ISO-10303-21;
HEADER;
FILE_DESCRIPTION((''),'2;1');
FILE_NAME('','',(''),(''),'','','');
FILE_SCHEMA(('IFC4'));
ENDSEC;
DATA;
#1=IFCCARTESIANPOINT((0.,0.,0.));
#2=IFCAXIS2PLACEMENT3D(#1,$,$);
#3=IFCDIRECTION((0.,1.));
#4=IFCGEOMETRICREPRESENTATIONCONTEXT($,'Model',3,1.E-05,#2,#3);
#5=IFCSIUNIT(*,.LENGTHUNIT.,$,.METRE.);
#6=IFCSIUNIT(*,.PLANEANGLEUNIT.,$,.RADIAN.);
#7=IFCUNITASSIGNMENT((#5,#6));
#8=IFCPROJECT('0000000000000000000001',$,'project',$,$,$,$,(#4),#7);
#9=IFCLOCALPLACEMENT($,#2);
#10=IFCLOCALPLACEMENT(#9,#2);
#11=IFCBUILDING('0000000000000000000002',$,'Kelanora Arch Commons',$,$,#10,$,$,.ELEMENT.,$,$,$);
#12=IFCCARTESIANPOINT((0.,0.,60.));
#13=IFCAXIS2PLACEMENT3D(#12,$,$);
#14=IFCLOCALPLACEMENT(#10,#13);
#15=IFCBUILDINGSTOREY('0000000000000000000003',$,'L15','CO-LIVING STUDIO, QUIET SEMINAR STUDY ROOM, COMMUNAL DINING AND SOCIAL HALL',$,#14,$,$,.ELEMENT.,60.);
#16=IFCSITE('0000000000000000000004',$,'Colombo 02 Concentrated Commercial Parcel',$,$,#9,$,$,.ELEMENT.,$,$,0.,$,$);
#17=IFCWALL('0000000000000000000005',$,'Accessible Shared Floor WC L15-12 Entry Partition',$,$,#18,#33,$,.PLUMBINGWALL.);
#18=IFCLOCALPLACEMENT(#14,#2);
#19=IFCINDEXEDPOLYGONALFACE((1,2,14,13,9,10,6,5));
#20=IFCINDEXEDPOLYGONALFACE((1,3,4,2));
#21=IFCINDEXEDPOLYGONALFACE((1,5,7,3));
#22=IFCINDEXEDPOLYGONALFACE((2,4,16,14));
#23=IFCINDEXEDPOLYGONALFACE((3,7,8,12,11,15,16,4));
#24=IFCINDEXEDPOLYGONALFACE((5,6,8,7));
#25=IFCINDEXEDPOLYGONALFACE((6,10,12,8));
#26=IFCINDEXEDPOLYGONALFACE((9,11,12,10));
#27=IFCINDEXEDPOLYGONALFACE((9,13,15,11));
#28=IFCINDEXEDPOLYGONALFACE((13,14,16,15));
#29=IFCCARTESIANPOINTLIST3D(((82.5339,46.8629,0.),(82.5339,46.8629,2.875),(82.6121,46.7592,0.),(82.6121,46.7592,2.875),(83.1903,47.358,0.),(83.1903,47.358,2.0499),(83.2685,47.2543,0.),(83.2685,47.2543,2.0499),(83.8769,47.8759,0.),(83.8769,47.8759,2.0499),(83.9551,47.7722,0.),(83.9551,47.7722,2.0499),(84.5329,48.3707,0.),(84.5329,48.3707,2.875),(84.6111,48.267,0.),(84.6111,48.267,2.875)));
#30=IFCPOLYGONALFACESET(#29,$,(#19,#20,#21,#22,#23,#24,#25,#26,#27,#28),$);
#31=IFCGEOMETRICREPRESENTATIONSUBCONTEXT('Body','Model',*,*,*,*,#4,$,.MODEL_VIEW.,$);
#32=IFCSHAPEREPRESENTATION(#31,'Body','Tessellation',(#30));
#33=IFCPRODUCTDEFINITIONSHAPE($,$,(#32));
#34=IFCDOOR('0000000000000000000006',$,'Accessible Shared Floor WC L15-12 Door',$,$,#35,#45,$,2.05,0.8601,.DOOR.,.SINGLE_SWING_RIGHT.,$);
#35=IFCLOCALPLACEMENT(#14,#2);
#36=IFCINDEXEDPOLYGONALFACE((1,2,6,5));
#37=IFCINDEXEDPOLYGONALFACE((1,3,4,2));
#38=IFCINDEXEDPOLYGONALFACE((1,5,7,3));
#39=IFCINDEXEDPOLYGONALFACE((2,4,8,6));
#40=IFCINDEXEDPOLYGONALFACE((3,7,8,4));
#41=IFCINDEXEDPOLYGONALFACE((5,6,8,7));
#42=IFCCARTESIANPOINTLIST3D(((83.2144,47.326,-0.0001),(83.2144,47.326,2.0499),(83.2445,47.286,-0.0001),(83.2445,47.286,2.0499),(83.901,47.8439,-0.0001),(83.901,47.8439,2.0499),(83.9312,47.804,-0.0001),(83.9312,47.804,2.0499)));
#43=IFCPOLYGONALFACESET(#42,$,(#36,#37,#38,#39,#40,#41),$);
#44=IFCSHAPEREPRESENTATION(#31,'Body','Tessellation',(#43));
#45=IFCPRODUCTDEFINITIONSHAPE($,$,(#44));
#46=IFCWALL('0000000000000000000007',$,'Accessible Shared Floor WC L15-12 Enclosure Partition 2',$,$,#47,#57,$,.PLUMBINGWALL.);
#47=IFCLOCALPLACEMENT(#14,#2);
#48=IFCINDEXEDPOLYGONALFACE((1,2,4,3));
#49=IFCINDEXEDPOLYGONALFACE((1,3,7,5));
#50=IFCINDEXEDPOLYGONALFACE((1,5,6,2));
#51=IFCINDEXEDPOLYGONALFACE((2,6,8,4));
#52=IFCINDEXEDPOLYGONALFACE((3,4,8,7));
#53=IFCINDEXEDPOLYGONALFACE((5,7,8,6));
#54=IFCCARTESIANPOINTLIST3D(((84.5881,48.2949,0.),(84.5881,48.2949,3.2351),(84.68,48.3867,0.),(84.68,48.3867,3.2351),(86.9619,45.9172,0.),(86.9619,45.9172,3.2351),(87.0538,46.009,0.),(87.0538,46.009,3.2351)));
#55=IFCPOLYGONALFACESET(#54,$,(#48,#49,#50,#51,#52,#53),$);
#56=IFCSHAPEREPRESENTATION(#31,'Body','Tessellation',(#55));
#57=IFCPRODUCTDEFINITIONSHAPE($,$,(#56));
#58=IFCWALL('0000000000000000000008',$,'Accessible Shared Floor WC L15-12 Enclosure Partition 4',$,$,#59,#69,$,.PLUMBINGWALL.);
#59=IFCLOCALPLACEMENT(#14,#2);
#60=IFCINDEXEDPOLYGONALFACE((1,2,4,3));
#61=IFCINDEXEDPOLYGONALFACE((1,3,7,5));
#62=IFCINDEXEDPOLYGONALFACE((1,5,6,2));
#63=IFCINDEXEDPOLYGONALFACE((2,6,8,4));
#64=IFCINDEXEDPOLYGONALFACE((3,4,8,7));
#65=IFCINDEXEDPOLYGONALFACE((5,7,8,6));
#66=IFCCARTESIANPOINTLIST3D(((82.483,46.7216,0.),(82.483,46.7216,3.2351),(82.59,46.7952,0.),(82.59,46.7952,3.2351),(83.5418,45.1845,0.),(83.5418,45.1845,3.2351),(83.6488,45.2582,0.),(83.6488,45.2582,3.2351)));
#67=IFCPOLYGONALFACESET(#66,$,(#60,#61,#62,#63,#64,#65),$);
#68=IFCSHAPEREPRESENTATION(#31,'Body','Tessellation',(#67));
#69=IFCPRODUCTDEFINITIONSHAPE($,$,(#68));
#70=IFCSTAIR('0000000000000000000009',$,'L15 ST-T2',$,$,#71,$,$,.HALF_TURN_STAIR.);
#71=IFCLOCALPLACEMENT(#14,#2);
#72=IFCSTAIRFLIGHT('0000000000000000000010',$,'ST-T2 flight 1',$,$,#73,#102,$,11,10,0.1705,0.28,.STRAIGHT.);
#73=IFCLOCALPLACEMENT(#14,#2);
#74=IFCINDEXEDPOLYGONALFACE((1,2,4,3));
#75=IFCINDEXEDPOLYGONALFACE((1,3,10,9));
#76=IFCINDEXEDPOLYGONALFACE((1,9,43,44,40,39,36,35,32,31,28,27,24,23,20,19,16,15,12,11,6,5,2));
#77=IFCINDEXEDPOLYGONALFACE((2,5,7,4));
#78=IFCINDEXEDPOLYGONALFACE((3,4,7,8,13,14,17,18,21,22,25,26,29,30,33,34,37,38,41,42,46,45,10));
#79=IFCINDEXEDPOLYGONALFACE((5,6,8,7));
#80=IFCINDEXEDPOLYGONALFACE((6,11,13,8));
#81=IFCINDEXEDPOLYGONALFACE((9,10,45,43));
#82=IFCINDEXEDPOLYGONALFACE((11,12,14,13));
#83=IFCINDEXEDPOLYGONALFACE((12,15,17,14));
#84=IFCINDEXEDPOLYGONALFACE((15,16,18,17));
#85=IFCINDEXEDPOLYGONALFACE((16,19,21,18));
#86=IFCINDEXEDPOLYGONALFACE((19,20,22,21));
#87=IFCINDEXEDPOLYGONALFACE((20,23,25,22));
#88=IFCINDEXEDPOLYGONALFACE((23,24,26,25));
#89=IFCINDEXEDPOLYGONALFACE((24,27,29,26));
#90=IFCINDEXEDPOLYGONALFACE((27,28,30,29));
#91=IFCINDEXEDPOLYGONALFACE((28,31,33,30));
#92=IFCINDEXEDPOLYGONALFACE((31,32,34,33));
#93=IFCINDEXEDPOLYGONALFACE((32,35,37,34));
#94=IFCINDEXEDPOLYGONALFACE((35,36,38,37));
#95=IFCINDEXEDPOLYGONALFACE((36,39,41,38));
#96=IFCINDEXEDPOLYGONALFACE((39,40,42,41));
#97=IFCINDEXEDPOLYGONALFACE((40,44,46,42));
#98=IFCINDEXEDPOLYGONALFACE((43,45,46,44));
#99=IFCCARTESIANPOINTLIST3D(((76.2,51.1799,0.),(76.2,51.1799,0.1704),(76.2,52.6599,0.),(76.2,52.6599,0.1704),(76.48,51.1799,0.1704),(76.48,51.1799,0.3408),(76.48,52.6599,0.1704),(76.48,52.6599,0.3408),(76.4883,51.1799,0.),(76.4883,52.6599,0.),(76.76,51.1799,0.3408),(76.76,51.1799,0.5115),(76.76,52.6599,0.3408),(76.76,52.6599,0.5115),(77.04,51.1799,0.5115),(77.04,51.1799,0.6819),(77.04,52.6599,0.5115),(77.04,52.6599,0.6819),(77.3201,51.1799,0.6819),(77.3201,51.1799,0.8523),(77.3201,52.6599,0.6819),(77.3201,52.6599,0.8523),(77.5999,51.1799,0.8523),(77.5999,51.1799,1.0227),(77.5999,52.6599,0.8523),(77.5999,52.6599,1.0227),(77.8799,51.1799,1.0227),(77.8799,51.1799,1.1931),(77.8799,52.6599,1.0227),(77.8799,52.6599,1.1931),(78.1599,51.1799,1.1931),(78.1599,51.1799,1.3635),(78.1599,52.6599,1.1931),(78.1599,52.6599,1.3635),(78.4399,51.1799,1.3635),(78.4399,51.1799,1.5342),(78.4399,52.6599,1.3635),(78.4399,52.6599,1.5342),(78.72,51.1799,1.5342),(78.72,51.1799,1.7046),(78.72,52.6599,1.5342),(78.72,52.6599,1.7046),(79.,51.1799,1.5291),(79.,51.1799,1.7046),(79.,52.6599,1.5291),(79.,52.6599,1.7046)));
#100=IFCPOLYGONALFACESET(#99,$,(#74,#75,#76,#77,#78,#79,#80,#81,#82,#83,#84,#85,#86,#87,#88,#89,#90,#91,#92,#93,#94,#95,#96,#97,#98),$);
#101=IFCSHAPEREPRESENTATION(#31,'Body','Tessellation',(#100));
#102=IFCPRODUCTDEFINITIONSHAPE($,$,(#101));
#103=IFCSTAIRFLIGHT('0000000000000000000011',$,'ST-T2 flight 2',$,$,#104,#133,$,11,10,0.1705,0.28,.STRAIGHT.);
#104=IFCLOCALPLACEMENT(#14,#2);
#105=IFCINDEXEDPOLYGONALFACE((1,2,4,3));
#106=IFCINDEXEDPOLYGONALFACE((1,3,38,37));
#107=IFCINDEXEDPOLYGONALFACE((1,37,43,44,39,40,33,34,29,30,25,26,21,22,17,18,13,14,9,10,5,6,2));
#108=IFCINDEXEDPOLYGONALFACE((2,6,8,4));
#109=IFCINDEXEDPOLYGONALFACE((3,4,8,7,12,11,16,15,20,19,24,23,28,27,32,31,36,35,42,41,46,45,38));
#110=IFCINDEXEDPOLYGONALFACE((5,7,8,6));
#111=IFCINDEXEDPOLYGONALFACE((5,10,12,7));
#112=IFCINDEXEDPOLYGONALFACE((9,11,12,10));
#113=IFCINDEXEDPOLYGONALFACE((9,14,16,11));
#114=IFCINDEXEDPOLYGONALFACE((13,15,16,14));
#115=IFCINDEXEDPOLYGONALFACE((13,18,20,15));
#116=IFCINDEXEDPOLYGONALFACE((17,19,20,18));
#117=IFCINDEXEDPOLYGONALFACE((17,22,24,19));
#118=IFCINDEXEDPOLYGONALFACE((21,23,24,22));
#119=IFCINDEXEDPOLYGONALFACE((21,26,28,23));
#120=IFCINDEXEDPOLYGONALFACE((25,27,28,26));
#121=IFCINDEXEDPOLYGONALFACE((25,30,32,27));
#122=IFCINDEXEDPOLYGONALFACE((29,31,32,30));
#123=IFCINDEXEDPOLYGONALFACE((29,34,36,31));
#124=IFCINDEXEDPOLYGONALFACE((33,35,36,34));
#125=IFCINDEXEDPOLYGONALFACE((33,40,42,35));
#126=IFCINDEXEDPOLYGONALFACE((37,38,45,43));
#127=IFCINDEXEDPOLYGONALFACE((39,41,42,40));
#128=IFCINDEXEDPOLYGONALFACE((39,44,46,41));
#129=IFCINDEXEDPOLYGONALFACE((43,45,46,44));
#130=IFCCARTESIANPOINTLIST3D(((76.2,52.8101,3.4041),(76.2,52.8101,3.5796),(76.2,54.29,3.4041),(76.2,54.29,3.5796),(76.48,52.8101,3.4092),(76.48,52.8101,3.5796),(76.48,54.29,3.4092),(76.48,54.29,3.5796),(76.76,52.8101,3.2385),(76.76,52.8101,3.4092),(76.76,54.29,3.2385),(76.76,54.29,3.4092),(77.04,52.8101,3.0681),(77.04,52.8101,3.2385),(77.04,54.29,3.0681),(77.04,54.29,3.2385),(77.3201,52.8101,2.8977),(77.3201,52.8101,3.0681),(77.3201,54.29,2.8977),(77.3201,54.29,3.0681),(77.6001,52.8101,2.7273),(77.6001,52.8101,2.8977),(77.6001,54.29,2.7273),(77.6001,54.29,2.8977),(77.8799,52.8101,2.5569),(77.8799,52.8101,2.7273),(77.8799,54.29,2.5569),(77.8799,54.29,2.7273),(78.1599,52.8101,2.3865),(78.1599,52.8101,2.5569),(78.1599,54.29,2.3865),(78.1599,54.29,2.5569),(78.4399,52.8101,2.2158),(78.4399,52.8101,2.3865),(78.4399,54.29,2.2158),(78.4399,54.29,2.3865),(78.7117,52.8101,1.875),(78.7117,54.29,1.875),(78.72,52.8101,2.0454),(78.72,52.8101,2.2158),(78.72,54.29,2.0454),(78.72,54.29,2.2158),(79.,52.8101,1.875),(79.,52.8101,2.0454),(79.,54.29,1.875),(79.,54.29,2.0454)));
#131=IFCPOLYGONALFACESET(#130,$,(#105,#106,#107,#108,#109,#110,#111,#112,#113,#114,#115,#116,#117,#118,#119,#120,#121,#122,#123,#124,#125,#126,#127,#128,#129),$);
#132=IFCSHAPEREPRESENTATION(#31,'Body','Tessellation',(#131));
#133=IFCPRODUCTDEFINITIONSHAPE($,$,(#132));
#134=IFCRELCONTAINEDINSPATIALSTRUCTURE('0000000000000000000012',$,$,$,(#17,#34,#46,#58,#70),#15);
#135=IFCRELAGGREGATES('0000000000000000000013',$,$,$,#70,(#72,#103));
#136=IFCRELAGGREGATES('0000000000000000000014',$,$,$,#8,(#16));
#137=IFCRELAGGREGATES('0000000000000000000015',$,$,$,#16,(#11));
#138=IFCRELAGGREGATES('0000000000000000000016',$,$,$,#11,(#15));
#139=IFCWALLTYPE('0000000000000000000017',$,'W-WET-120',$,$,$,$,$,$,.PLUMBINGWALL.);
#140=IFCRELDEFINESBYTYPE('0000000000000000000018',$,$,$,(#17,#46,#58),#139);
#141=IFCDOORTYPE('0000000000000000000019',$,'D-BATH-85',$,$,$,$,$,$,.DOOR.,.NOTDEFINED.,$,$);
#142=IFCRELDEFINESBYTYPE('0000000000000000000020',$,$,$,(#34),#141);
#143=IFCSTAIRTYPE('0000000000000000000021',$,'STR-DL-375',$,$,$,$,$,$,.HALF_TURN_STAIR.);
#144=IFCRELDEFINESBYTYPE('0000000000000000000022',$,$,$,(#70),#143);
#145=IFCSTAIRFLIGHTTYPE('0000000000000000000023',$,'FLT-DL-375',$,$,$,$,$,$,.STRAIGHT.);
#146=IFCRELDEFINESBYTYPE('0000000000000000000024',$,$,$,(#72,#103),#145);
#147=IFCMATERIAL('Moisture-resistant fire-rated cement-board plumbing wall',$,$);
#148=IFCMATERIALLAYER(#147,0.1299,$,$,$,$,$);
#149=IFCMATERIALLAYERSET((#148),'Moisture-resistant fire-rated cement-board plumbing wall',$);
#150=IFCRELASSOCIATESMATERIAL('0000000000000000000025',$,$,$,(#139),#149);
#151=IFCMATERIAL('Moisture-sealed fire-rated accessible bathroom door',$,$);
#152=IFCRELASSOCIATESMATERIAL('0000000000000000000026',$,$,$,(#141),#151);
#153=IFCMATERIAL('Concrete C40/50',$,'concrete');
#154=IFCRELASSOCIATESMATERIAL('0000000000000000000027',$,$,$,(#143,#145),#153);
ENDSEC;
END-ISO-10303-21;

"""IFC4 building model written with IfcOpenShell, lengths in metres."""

from ifc_helpers import new_model, si_unit, direction, frame, frame_2d, origin, place, context, subcontext, project, spatial, polyline, rectangle, outline, extrude, material, layer, layer_set, type_object, element, fill, aggregate, save


model = new_model("IFC4")

# Units and contexts
model_context = context("Model", 3, precision=1e-05, world=origin(), true_north=direction((0.0, 1.0)))
body_context = subcontext(model_context, "Body", "Model", "MODEL_VIEW")
ifc_project = project(units=[si_unit("LENGTHUNIT", "METRE"), si_unit("PLANEANGLEUNIT", "RADIAN")], contexts=[model_context])

# Site, building, storey
site_placement = place(None, origin())
site = spatial("IfcSite", under=ifc_project, at=site_placement, Name="Colombo 02 Concentrated Commercial Parcel", CompositionType="ELEMENT", RefElevation=0.0)
building_placement = place(site_placement, origin())
building = spatial("IfcBuilding", under=site, at=building_placement, Name="Kelanora Arch Commons", CompositionType="ELEMENT")
storey_placement = place(building_placement, frame((0.0, 0.0, 60.0)))
storey = spatial("IfcBuildingStorey", under=building, at=storey_placement, Name="L15", Description="CO-LIVING STUDIO, QUIET SEMINAR STUDY ROOM, COMMUNAL DINING AND SOCIAL HALL", CompositionType="ELEMENT", Elevation=60.0)

# Shared definitions
ifc_material_1 = material(Name="Concrete C40/50", Category="concrete")

# Wall, opening, door
ifc_material_2 = material(Name="Moisture-resistant fire-rated cement-board plumbing wall")
ifc_layer_1 = layer(ifc_material_2, 0.1299)
ifc_layer_set_1 = layer_set([ifc_layer_1], Name="Moisture-resistant fire-rated cement-board plumbing wall")
wall_type_1 = type_object("IfcWallType", Name="W-WET-120", PredefinedType="PLUMBINGWALL", material=ifc_layer_set_1)
wall_1_placement = place(storey_placement, frame((82.573, 46.811, 0.0), z_axis=(0.0, 0.0, 1.0), x_axis=(0.798359, 0.602182, 0.0)))
wall_1 = element("IfcWall", 1, at=wall_1_placement, inside=storey, type_object=wall_type_1, Name="Accessible Shared Floor WC L15-12 Entry Partition", PredefinedType="PLUMBINGWALL", context=body_context, shape_type="SweptSolid", body=[
    extrude(rectangle(XDim=2.5039, YDim=0.1299, at=frame_2d((1.252, 0.0))), origin(), (0.0, 0.0, 1.0), 2.875),
])
opening_1_placement = place(wall_1_placement, frame((0.822, 0.0, 0.0)))
opening_1 = element("IfcOpeningElement", 2, at=opening_1_placement, cuts=wall_1, PredefinedType="OPENING", context=body_context, shape_type="SweptSolid", body=[
    extrude(rectangle(XDim=0.8601, YDim=2.05, at=frame_2d((0.4302, 1.0249))), frame((0.0, 0.075, 0.0), z_axis=(0.0, -1.0, 0.0), x_axis=(1.0, 0.0, 0.0)), (0.0, 0.0, 1.0), 0.1499),
])
ifc_material_3 = material(Name="Moisture-sealed fire-rated accessible bathroom door")
door_type_1 = type_object("IfcDoorType", Name="D-BATH-85", OperationType="NOTDEFINED", PredefinedType="DOOR", material=ifc_material_3)
door_1_placement = place(opening_1_placement, origin())
door_1 = element("IfcDoor", 3, at=door_1_placement, inside=storey, type_object=door_type_1, Name="Accessible Shared Floor WC L15-12 Door", OperationType="SINGLE_SWING_RIGHT", OverallHeight=2.05, OverallWidth=0.8601, PredefinedType="DOOR", context=body_context, shape_type="SweptSolid", body=[
    extrude(rectangle(XDim=0.8601, YDim=2.05, at=frame_2d((0.4302, 1.0249))), frame((0.0, 0.0249, 0.0), z_axis=(0.0, -1.0, 0.0), x_axis=(1.0, 0.0, 0.0)), (0.0, 0.0, 1.0), 0.05),
])
fill(opening_1, door_1)

# Walls
wall_2_placement = place(storey_placement, frame((84.634, 48.3408, 0.0), z_axis=(0.0, 0.0, 1.0), x_axis=(0.706525, -0.707688, 0.0)))
element("IfcWall", 4, at=wall_2_placement, inside=storey, type_object=wall_type_1, Name="Accessible Shared Floor WC L15-12 Enclosure Partition 2", PredefinedType="PLUMBINGWALL", context=body_context, shape_type="SweptSolid", body=[
    extrude(rectangle(XDim=3.3599, YDim=0.1299, at=frame_2d((1.6799, 0.0))), origin(), (0.0, 0.0, 1.0), 3.2351),
])
wall_3_placement = place(storey_placement, frame((83.5952, 45.2214, 0.0), z_axis=(0.0, 0.0, 1.0), x_axis=(-0.567284, 0.823523, 0.0)))
element("IfcWall", 5, at=wall_3_placement, inside=storey, type_object=wall_type_1, Name="Accessible Shared Floor WC L15-12 Enclosure Partition 4", PredefinedType="PLUMBINGWALL", context=body_context, shape_type="SweptSolid", body=[
    extrude(rectangle(XDim=1.8665, YDim=0.1299, at=frame_2d((0.9331, 0.0))), origin(), (0.0, 0.0, 1.0), 3.2351),
])

# Stair, stair flights
stair_type = type_object("IfcStairType", Name="STR-DL-375", PredefinedType="HALF_TURN_STAIR", material=ifc_material_1)
stair_placement = place(storey_placement, origin())
stair = element("IfcStair", 6, at=stair_placement, inside=storey, type_object=stair_type, Name="L15 ST-T2", PredefinedType="HALF_TURN_STAIR")
stair_flight_type = type_object("IfcStairFlightType", Name="FLT-DL-375", PredefinedType="STRAIGHT", material=ifc_material_1)
stair_flight_1_placement = place(storey_placement, frame((76.2, 51.9199, 0.0), z_axis=(0.0, 0.0, 1.0), x_axis=(1.0, 0.0, 0.0)))
stair_flight_1 = element("IfcStairFlight", 7, at=stair_flight_1_placement, type_object=stair_flight_type, Name="ST-T2 flight 1", NumberOfRisers=11, NumberOfTreads=10, PredefinedType="STRAIGHT", RiserHeight=0.1705, TreadLength=0.28, context=body_context, shape_type="SweptSolid", body=[
    extrude(outline(polyline([(0.0, 0.0), (0.0, 0.1704), (0.28, 0.1704), (0.28, 0.3408), (0.5601, 0.3408), (0.5601, 0.5115), (0.8401, 0.5115), (0.8401, 0.6819), (1.1201, 0.6819), (1.1201, 0.8523), (1.3999, 0.8523), (1.3999, 1.0227), (1.6799, 1.0227), (1.6799, 1.1931), (1.96, 1.1931), (1.96, 1.3635), (2.24, 1.3635), (2.24, 1.5342), (2.52, 1.5342), (2.52, 1.7046), (2.8, 1.7046), (2.8, 1.875), (2.8, 1.5291), (0.2883, 0.0), (0.0, 0.0)])), frame((0.0, 0.74, 0.0), z_axis=(0.0, -1.0, 0.0), x_axis=(1.0, 0.0, 0.0)), (0.0, 0.0, 1.0), 1.48),
])
stair_flight_2_placement = place(storey_placement, frame((79.0, 53.55, 1.875), z_axis=(0.0, 0.0, 1.0), x_axis=(-1.0, 0.0, 0.0)))
stair_flight_2 = element("IfcStairFlight", 8, at=stair_flight_2_placement, type_object=stair_flight_type, Name="ST-T2 flight 2", NumberOfRisers=11, NumberOfTreads=10, PredefinedType="STRAIGHT", RiserHeight=0.1705, TreadLength=0.28, context=body_context, shape_type="SweptSolid", body=[
    extrude(outline(polyline([(0.0, 0.0), (0.0, 0.1704), (0.28, 0.1704), (0.28, 0.3408), (0.5601, 0.3408), (0.5601, 0.5115), (0.8401, 0.5115), (0.8401, 0.6819), (1.1201, 0.6819), (1.1201, 0.8523), (1.3999, 0.8523), (1.3999, 1.0227), (1.6799, 1.0227), (1.6799, 1.1931), (1.96, 1.1931), (1.96, 1.3635), (2.24, 1.3635), (2.24, 1.5342), (2.52, 1.5342), (2.52, 1.7046), (2.8, 1.7046), (2.8, 1.875), (2.8, 1.5291), (0.2883, 0.0), (0.0, 0.0)])), frame((0.0, 0.74, 0.0), z_axis=(0.0, -1.0, 0.0), x_axis=(1.0, 0.0, 0.0)), (0.0, 0.0, 1.0), 1.48),
])
aggregate(stair, [stair_flight_1, stair_flight_2])

save(model, "model.ifc")
